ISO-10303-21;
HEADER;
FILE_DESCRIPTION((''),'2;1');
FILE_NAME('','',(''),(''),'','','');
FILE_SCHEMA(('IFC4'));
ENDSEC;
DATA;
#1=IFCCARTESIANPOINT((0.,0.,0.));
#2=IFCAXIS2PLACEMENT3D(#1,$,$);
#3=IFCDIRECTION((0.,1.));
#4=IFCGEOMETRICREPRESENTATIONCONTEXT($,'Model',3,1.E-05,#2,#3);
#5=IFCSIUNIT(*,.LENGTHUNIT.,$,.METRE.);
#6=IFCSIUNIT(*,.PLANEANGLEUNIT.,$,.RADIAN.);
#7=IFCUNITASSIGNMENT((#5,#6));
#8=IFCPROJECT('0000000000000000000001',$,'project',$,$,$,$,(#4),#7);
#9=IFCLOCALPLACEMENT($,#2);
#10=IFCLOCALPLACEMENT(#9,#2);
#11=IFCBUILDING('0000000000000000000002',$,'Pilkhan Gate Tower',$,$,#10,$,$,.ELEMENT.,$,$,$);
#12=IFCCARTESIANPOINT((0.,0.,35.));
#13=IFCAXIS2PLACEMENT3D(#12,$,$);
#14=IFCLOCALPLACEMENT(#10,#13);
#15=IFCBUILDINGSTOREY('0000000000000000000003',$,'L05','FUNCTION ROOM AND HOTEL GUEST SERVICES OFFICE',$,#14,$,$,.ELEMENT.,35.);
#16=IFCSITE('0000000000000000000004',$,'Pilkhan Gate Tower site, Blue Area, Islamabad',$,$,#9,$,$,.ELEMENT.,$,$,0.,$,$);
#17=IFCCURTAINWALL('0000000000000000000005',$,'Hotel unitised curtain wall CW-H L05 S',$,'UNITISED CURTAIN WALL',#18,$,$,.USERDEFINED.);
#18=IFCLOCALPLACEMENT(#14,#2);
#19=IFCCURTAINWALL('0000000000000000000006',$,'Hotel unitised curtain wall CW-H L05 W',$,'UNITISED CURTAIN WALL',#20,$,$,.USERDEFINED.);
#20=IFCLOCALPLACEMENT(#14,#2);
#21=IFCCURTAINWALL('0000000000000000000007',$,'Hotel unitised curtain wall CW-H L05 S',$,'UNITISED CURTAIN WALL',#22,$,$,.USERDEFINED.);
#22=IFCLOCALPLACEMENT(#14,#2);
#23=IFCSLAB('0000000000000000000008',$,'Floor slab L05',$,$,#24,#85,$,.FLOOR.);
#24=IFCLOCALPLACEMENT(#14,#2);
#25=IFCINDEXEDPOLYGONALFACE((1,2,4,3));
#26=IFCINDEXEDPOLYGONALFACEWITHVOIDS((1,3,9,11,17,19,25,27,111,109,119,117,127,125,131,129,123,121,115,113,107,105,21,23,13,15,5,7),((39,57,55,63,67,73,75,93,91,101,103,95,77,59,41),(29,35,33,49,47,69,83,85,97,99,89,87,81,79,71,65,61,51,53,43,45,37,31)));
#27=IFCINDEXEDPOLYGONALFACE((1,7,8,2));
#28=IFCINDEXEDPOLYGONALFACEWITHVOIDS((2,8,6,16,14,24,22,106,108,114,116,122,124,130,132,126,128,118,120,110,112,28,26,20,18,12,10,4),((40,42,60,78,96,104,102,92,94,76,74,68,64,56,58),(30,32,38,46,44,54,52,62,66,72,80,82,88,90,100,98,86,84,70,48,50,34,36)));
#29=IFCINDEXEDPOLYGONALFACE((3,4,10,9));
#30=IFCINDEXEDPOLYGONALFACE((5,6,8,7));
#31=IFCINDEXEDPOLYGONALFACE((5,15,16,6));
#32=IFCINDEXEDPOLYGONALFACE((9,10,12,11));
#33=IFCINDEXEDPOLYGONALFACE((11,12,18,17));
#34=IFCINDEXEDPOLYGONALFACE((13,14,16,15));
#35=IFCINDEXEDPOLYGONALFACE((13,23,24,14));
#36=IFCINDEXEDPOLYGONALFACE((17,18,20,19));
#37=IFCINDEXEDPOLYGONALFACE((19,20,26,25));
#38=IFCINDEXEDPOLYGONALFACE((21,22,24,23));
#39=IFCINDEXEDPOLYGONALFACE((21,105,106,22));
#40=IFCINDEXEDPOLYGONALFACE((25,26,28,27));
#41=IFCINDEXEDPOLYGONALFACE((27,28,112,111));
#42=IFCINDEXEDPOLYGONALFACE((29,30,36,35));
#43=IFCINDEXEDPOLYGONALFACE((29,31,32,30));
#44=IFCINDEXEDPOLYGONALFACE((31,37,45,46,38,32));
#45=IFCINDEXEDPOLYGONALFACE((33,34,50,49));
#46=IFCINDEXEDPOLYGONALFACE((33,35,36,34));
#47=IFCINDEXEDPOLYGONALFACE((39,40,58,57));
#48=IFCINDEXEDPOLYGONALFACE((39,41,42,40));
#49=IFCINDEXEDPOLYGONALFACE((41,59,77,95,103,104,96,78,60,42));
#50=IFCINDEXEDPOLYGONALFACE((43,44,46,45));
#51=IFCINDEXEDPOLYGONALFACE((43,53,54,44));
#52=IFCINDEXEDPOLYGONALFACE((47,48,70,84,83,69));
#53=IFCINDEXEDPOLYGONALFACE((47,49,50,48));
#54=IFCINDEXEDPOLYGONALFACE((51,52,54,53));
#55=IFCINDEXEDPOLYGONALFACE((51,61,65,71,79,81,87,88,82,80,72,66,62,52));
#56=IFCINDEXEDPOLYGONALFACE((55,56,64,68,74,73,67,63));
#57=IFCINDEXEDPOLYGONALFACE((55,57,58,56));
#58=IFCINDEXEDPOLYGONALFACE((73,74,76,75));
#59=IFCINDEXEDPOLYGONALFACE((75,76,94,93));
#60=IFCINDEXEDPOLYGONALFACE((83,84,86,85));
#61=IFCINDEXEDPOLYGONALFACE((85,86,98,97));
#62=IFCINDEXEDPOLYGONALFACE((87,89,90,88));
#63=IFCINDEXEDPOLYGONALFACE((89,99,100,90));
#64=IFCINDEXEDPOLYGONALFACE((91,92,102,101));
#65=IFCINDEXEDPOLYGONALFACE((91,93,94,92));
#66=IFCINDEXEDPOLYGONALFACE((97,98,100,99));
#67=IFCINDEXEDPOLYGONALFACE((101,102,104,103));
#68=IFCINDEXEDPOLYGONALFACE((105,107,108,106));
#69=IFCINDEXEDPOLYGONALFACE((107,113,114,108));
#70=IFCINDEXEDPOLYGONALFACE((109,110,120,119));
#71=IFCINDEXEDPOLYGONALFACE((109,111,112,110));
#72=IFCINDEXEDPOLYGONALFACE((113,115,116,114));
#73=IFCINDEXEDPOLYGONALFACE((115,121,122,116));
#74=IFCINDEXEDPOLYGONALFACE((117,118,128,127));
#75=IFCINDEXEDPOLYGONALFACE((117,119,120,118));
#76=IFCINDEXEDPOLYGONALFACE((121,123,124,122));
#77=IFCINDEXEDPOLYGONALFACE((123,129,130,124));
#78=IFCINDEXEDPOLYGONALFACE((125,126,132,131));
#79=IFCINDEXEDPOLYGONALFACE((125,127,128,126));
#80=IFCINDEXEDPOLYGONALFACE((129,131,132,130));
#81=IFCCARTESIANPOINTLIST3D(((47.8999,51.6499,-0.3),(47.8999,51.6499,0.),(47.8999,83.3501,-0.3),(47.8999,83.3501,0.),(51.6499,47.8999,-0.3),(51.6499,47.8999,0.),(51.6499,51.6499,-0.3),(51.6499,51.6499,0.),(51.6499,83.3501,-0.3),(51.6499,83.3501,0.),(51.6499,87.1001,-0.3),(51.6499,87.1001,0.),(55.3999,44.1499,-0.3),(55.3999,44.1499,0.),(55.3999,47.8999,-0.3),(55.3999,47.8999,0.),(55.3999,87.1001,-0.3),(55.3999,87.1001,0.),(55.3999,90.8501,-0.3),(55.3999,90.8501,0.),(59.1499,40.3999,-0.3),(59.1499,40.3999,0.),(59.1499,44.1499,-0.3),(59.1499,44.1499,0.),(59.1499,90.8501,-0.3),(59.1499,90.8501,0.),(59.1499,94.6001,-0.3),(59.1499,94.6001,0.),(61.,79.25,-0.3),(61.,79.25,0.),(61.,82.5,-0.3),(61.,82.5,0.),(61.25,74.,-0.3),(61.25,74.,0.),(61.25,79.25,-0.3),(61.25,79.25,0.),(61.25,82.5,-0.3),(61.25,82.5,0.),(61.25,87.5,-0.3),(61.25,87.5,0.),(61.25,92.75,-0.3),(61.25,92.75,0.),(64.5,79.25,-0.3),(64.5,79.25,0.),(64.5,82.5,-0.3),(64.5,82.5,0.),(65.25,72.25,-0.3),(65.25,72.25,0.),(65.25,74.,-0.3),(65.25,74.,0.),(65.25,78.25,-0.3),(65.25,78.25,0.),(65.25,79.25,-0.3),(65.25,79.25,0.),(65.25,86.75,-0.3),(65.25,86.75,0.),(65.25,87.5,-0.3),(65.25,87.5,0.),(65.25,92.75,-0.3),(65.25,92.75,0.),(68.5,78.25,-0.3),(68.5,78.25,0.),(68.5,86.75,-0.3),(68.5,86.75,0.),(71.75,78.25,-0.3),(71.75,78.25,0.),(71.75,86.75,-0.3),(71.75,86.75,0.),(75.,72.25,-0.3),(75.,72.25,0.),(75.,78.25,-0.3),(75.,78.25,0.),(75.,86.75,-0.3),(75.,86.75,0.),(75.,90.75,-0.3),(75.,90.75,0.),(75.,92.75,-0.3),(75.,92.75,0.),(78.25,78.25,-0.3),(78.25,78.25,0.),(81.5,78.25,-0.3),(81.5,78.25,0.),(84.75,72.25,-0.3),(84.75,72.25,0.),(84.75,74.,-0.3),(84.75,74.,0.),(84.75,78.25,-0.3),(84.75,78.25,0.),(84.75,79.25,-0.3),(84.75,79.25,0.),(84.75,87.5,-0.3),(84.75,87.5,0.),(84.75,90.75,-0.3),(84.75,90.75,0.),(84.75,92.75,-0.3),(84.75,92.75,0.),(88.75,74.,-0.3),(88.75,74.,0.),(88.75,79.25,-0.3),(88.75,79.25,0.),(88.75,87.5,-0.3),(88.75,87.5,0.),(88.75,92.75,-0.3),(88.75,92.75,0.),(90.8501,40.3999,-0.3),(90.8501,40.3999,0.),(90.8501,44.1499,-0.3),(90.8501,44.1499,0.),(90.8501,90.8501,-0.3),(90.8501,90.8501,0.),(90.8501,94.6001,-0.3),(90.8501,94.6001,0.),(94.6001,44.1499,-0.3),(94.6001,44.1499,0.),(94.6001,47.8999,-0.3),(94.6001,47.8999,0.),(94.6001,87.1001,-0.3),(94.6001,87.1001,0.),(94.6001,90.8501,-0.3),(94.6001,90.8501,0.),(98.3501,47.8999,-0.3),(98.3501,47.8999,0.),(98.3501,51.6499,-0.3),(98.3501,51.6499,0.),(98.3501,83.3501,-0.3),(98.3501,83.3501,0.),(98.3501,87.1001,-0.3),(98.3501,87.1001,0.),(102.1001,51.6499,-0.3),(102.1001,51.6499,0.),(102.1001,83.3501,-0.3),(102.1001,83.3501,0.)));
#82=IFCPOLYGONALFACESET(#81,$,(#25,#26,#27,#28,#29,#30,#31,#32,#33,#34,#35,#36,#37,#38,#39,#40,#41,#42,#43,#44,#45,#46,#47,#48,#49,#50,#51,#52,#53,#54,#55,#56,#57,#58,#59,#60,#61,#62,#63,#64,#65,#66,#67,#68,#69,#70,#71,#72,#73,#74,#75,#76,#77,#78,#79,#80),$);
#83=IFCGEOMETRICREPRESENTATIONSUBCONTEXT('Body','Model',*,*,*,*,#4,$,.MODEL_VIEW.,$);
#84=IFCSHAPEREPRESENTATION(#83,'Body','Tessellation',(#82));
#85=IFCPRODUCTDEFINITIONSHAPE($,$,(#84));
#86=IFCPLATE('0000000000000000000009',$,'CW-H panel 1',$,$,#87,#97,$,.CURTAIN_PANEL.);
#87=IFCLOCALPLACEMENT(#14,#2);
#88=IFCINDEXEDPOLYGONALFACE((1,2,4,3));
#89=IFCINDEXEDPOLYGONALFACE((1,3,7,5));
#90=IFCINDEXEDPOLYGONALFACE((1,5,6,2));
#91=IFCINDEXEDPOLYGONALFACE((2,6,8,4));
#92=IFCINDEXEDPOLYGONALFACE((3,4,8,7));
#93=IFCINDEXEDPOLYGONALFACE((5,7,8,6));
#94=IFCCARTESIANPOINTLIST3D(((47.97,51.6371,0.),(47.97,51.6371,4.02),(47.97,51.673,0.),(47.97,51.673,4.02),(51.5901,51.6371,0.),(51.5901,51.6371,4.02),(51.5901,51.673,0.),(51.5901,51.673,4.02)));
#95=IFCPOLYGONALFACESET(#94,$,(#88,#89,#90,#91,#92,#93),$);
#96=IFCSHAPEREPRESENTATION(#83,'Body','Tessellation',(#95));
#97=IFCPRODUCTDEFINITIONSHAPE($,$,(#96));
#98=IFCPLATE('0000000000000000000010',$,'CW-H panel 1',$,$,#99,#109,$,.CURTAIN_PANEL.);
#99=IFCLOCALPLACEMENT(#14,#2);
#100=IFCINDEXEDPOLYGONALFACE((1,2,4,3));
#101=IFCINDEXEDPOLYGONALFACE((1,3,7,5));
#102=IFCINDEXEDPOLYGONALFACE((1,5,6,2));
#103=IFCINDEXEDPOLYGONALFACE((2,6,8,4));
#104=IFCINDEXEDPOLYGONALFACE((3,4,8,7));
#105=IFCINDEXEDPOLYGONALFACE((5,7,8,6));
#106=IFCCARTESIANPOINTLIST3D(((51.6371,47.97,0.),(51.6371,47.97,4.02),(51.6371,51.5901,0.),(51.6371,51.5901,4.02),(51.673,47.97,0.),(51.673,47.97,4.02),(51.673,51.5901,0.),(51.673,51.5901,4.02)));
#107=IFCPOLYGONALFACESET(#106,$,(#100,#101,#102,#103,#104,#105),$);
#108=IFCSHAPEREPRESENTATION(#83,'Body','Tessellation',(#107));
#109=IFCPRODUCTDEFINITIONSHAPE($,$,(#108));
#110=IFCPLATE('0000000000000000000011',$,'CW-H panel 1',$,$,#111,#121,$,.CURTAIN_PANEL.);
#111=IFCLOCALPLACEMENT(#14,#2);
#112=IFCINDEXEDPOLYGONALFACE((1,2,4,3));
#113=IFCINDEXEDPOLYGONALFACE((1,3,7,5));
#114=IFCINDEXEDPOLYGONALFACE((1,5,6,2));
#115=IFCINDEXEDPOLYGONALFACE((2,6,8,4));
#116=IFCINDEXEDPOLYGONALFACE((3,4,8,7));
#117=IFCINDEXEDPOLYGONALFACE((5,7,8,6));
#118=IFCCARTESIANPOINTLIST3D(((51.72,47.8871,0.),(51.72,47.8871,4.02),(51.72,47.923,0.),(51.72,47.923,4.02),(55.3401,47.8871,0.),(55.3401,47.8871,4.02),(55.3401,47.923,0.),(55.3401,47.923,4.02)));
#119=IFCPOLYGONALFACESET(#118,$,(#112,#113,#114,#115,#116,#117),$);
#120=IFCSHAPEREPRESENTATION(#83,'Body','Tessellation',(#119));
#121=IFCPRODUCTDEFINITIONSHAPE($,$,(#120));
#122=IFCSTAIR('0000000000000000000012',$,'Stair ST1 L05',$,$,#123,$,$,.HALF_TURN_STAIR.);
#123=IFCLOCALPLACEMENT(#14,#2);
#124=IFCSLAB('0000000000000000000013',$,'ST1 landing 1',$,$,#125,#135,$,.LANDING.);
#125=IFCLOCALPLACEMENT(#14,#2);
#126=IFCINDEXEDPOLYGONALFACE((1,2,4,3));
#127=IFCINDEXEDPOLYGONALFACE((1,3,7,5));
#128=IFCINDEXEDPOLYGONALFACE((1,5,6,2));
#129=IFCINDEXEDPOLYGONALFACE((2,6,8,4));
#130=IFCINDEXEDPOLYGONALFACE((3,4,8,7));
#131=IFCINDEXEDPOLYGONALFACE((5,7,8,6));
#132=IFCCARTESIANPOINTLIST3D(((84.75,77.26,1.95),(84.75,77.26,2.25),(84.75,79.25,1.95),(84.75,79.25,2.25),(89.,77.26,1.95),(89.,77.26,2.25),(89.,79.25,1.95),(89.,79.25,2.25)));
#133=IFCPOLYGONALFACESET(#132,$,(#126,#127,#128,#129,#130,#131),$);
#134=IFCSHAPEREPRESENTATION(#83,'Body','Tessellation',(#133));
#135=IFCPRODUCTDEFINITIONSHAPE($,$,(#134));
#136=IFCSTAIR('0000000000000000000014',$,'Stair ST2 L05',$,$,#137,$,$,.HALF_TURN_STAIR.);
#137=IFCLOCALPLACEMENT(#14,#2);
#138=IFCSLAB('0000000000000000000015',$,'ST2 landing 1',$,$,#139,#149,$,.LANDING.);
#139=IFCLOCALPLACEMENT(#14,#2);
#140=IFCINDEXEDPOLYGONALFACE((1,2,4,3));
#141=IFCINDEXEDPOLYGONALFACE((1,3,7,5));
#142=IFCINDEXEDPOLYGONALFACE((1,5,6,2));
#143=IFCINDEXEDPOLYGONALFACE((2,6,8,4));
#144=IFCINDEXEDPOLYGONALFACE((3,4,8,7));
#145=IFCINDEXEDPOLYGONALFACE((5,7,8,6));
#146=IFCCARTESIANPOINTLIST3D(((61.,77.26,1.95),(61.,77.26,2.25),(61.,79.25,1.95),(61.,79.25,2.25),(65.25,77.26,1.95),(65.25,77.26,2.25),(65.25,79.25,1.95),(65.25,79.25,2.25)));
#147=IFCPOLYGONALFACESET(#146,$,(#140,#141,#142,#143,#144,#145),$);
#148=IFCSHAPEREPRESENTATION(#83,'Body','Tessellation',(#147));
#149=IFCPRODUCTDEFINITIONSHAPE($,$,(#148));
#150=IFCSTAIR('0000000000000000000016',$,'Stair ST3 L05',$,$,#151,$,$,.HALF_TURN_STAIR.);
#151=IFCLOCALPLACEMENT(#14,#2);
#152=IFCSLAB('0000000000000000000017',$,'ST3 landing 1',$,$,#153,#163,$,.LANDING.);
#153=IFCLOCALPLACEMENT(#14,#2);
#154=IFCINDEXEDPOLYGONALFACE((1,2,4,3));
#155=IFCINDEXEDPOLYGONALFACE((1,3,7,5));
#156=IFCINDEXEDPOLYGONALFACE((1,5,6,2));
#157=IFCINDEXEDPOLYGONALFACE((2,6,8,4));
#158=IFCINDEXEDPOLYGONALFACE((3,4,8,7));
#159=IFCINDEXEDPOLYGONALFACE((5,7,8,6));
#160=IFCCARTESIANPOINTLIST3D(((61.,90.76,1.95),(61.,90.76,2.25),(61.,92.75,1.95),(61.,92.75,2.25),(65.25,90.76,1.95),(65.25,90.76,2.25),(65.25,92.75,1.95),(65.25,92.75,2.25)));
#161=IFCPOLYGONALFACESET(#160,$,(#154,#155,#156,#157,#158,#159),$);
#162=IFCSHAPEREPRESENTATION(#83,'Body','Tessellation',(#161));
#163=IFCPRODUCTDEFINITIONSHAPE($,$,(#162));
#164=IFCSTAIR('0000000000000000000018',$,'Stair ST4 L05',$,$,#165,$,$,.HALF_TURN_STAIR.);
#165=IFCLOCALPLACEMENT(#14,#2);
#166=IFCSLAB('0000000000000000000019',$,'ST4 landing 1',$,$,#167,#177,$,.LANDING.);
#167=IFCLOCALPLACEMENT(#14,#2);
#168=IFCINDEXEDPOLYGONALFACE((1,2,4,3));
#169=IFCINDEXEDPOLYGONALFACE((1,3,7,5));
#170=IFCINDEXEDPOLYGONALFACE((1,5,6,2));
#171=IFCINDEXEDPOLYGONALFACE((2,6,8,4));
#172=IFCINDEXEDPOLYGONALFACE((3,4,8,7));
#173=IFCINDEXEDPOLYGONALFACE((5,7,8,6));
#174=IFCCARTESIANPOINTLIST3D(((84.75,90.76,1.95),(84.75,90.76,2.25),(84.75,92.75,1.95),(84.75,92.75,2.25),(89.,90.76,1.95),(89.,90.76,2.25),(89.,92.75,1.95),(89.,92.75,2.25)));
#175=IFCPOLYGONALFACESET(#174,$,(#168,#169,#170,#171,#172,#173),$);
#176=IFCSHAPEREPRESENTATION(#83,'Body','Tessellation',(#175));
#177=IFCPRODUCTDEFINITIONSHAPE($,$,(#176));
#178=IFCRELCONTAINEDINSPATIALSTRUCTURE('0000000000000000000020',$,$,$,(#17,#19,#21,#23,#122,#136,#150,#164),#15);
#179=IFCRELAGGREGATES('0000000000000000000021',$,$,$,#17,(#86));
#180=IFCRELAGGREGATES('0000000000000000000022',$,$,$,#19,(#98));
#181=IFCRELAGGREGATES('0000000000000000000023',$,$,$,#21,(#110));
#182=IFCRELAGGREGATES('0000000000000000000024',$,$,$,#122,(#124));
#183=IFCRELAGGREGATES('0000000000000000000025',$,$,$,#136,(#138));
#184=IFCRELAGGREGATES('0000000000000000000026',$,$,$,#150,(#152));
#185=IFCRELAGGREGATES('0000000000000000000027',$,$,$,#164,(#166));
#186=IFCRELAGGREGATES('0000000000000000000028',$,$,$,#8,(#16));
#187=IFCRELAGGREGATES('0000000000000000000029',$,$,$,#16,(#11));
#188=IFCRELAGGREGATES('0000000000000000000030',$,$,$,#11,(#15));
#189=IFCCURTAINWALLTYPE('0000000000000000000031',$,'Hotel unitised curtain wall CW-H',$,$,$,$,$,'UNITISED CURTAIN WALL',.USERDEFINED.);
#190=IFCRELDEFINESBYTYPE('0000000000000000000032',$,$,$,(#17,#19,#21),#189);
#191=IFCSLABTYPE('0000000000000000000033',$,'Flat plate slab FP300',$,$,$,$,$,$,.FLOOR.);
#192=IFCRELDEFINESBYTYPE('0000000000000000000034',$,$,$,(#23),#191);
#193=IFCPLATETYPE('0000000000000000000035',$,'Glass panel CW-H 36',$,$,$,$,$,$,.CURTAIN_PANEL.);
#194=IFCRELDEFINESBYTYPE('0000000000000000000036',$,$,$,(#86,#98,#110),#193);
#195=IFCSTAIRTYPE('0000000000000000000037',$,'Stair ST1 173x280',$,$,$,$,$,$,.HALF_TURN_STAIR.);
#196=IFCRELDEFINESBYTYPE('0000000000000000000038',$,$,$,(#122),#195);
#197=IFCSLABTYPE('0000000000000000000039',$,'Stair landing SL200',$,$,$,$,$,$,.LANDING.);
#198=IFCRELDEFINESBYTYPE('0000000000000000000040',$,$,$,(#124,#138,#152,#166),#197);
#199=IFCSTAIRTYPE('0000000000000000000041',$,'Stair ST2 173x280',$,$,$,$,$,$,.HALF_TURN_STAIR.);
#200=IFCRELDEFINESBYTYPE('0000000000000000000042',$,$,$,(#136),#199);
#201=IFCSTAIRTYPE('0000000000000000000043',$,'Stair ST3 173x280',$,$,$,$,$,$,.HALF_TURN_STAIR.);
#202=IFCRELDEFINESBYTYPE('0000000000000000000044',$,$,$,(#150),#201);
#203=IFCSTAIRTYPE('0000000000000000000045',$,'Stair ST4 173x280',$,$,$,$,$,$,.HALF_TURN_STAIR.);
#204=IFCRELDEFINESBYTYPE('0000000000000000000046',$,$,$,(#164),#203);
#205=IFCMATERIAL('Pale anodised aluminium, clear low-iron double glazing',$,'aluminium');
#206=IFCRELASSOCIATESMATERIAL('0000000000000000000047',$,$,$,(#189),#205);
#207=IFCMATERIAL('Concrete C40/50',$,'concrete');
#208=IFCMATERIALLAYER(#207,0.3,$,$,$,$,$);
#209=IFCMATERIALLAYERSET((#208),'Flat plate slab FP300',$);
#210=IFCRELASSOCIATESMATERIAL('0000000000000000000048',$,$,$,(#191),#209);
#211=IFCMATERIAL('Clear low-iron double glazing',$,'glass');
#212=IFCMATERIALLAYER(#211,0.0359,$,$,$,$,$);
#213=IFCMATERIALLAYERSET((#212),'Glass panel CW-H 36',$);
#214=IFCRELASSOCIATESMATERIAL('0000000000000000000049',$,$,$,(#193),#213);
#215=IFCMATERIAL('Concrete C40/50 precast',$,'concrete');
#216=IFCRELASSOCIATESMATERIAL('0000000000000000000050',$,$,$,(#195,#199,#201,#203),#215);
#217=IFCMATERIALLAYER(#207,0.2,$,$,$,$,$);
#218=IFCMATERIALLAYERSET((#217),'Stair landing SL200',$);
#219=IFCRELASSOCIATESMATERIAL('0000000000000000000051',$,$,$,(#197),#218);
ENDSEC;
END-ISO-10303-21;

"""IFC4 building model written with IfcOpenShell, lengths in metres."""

from ifc_helpers import new_model, si_unit, direction, frame, origin, origin_2d, place, context, subcontext, project, spatial, polyline, rectangle, outline, extrude, material, layer, layer_set, type_object, element, aggregate, save


model = new_model("IFC4")

# Units and contexts
model_context = context("Model", 3, precision=1e-05, world=origin(), true_north=direction((0.0, 1.0)))
body_context = subcontext(model_context, "Body", "Model", "MODEL_VIEW")
ifc_project = project(units=[si_unit("LENGTHUNIT", "METRE"), si_unit("PLANEANGLEUNIT", "RADIAN")], contexts=[model_context])

# Site, building, storey
site_placement = place(None, origin())
site = spatial("IfcSite", under=ifc_project, at=site_placement, Name="Pilkhan Gate Tower site, Blue Area, Islamabad", CompositionType="ELEMENT", RefElevation=0.0)
building_placement = place(site_placement, origin())
building = spatial("IfcBuilding", under=site, at=building_placement, Name="Pilkhan Gate Tower", CompositionType="ELEMENT")
storey_placement = place(building_placement, frame((0.0, 0.0, 35.0)))
storey = spatial("IfcBuildingStorey", under=building, at=storey_placement, Name="L05", Description="FUNCTION ROOM AND HOTEL GUEST SERVICES OFFICE", CompositionType="ELEMENT", Elevation=35.0)

# Shared definitions
ifc_material_1 = material(Name="Pale anodised aluminium, clear low-iron double glazing", Category="aluminium")
curtain_wall_type = type_object("IfcCurtainWallType", Name="Hotel unitised curtain wall CW-H", ElementType="UNITISED CURTAIN WALL", PredefinedType="USERDEFINED", material=ifc_material_1)

# Curtain walls
curtain_wall_1_placement = place(storey_placement, origin())
curtain_wall_1 = element("IfcCurtainWall", 1, at=curtain_wall_1_placement, inside=storey, type_object=curtain_wall_type, Name="Hotel unitised curtain wall CW-H L05 S", ObjectType="UNITISED CURTAIN WALL", PredefinedType="USERDEFINED")
curtain_wall_2_placement = place(storey_placement, origin())
curtain_wall_2 = element("IfcCurtainWall", 2, at=curtain_wall_2_placement, inside=storey, type_object=curtain_wall_type, Name="Hotel unitised curtain wall CW-H L05 W", ObjectType="UNITISED CURTAIN WALL", PredefinedType="USERDEFINED")
curtain_wall_3_placement = place(storey_placement, origin())
curtain_wall_3 = element("IfcCurtainWall", 3, at=curtain_wall_3_placement, inside=storey, type_object=curtain_wall_type, Name="Hotel unitised curtain wall CW-H L05 S", ObjectType="UNITISED CURTAIN WALL", PredefinedType="USERDEFINED")

# Slab
ifc_material_2 = material(Name="Concrete C40/50", Category="concrete")
ifc_layer_1 = layer(ifc_material_2, 0.3)
ifc_layer_set_1 = layer_set([ifc_layer_1], Name="Flat plate slab FP300")
slab_type_1 = type_object("IfcSlabType", Name="Flat plate slab FP300", PredefinedType="FLOOR", material=ifc_layer_set_1)
slab_1_placement = place(storey_placement, frame((0.0, 0.0, -0.3)))
element("IfcSlab", 4, at=slab_1_placement, inside=storey, type_object=slab_type_1, Name="Floor slab L05", PredefinedType="FLOOR", context=body_context, shape_type="SweptSolid", body=[
    extrude(outline(polyline([(98.3501, 47.8999), (94.6001, 47.8999), (94.6001, 44.1499), (90.8501, 44.1499), (90.8501, 40.3999), (59.1499, 40.3999), (59.1499, 44.1499), (55.3999, 44.1499), (55.3999, 47.8999), (51.6499, 47.8999), (51.6499, 51.6499), (47.8999, 51.6499), (47.8999, 83.3501), (51.6499, 83.3501), (51.6499, 87.1001), (55.3999, 87.1001), (55.3999, 90.8501), (59.1499, 90.8501), (59.1499, 94.6001), (90.8501, 94.6001), (90.8501, 90.8501), (94.6001, 90.8501), (94.6001, 87.1001), (98.3501, 87.1001), (98.3501, 83.3501), (102.1001, 83.3501), (102.1001, 51.6499), (98.3501, 51.6499), (98.3501, 47.8999)]), holes=[polyline([(65.25, 87.5), (65.25, 86.75), (68.5, 86.75), (71.75, 86.75), (75.0, 86.75), (75.0, 90.75), (84.75, 90.75), (84.75, 87.5), (88.75, 87.5), (88.75, 92.75), (84.75, 92.75), (75.0, 92.75), (65.25, 92.75), (61.25, 92.75), (61.25, 87.5), (65.25, 87.5)]), polyline([(75.0, 72.25), (84.75, 72.25), (84.75, 74.0), (88.75, 74.0), (88.75, 79.25), (84.75, 79.25), (84.75, 78.25), (81.5, 78.25), (78.25, 78.25), (75.0, 78.25), (71.75, 78.25), (68.5, 78.25), (65.25, 78.25), (65.25, 79.25), (64.5, 79.25), (64.5, 82.5), (61.25, 82.5), (61.0, 82.5), (61.0, 79.25), (61.25, 79.25), (61.25, 74.0), (65.25, 74.0), (65.25, 72.25), (75.0, 72.25)])]), origin(), (0.0, 0.0, 1.0), 0.3),
])

# Plates
ifc_material_3 = material(Name="Clear low-iron double glazing", Category="glass")
ifc_layer_2 = layer(ifc_material_3, 0.0359)
ifc_layer_set_2 = layer_set([ifc_layer_2], Name="Glass panel CW-H 36")
plate_type = type_object("IfcPlateType", Name="Glass panel CW-H 36", PredefinedType="CURTAIN_PANEL", material=ifc_layer_set_2)
plate_1_placement = place(storey_placement, frame((49.78, 51.655, 0.0), z_axis=(0.0, 0.0, 1.0), x_axis=(1.0, 0.0, 0.0)))
plate_1 = element("IfcPlate", 5, at=plate_1_placement, type_object=plate_type, Name="CW-H panel 1", PredefinedType="CURTAIN_PANEL", context=body_context, shape_type="SweptSolid", body=[
    extrude(rectangle(XDim=3.6201, YDim=0.0359, at=origin_2d()), origin(), (0.0, 0.0, 1.0), 4.02),
])
aggregate(curtain_wall_1, [plate_1])
plate_2_placement = place(storey_placement, frame((51.655, 49.78, 0.0), z_axis=(0.0, 0.0, 1.0), x_axis=(0.0, 1.0, 0.0)))
plate_2 = element("IfcPlate", 6, at=plate_2_placement, type_object=plate_type, Name="CW-H panel 1", PredefinedType="CURTAIN_PANEL", context=body_context, shape_type="SweptSolid", body=[
    extrude(rectangle(XDim=3.6201, YDim=0.0359, at=origin_2d()), origin(), (0.0, 0.0, 1.0), 4.02),
])
aggregate(curtain_wall_2, [plate_2])
plate_3_placement = place(storey_placement, frame((53.53, 47.905, 0.0), z_axis=(0.0, 0.0, 1.0), x_axis=(1.0, 0.0, 0.0)))
plate_3 = element("IfcPlate", 7, at=plate_3_placement, type_object=plate_type, Name="CW-H panel 1", PredefinedType="CURTAIN_PANEL", context=body_context, shape_type="SweptSolid", body=[
    extrude(rectangle(XDim=3.6201, YDim=0.0359, at=origin_2d()), origin(), (0.0, 0.0, 1.0), 4.02),
])
aggregate(curtain_wall_3, [plate_3])

# Stairs, slabs
ifc_material_4 = material(Name="Concrete C40/50 precast", Category="concrete")
stair_type_1 = type_object("IfcStairType", Name="Stair ST1 173x280", PredefinedType="HALF_TURN_STAIR", material=ifc_material_4)
stair_1_placement = place(storey_placement, origin())
stair_1 = element("IfcStair", 8, at=stair_1_placement, inside=storey, type_object=stair_type_1, Name="Stair ST1 L05", PredefinedType="HALF_TURN_STAIR")
ifc_layer_3 = layer(ifc_material_2, 0.2)
ifc_layer_set_3 = layer_set([ifc_layer_3], Name="Stair landing SL200")
slab_type_2 = type_object("IfcSlabType", Name="Stair landing SL200", PredefinedType="LANDING", material=ifc_layer_set_3)
slab_2_placement = place(storey_placement, frame((0.0, 0.0, 1.95)))
slab_2 = element("IfcSlab", 9, at=slab_2_placement, type_object=slab_type_2, Name="ST1 landing 1", PredefinedType="LANDING", context=body_context, shape_type="SweptSolid", body=[
    extrude(outline(polyline([(89.0, 77.26), (89.0, 79.25), (84.75, 79.25), (84.75, 77.26), (89.0, 77.26)])), origin(), (0.0, 0.0, 1.0), 0.3),
])
aggregate(stair_1, [slab_2])
stair_type_2 = type_object("IfcStairType", Name="Stair ST2 173x280", PredefinedType="HALF_TURN_STAIR", material=ifc_material_4)
stair_2_placement = place(storey_placement, origin())
stair_2 = element("IfcStair", 10, at=stair_2_placement, inside=storey, type_object=stair_type_2, Name="Stair ST2 L05", PredefinedType="HALF_TURN_STAIR")
slab_3_placement = place(storey_placement, frame((0.0, 0.0, 1.95)))
slab_3 = element("IfcSlab", 11, at=slab_3_placement, type_object=slab_type_2, Name="ST2 landing 1", PredefinedType="LANDING", context=body_context, shape_type="SweptSolid", body=[
    extrude(outline(polyline([(65.25, 77.26), (65.25, 79.25), (61.0, 79.25), (61.0, 77.26), (65.25, 77.26)])), origin(), (0.0, 0.0, 1.0), 0.3),
])
aggregate(stair_2, [slab_3])
stair_type_3 = type_object("IfcStairType", Name="Stair ST3 173x280", PredefinedType="HALF_TURN_STAIR", material=ifc_material_4)
stair_3_placement = place(storey_placement, origin())
stair_3 = element("IfcStair", 12, at=stair_3_placement, inside=storey, type_object=stair_type_3, Name="Stair ST3 L05", PredefinedType="HALF_TURN_STAIR")
slab_4_placement = place(storey_placement, frame((0.0, 0.0, 1.95)))
slab_4 = element("IfcSlab", 13, at=slab_4_placement, type_object=slab_type_2, Name="ST3 landing 1", PredefinedType="LANDING", context=body_context, shape_type="SweptSolid", body=[
    extrude(outline(polyline([(65.25, 90.76), (65.25, 92.75), (61.0, 92.75), (61.0, 90.76), (65.25, 90.76)])), origin(), (0.0, 0.0, 1.0), 0.3),
])
aggregate(stair_3, [slab_4])
stair_type_4 = type_object("IfcStairType", Name="Stair ST4 173x280", PredefinedType="HALF_TURN_STAIR", material=ifc_material_4)
stair_4_placement = place(storey_placement, origin())
stair_4 = element("IfcStair", 14, at=stair_4_placement, inside=storey, type_object=stair_type_4, Name="Stair ST4 L05", PredefinedType="HALF_TURN_STAIR")
slab_5_placement = place(storey_placement, frame((0.0, 0.0, 1.95)))
slab_5 = element("IfcSlab", 15, at=slab_5_placement, type_object=slab_type_2, Name="ST4 landing 1", PredefinedType="LANDING", context=body_context, shape_type="SweptSolid", body=[
    extrude(outline(polyline([(89.0, 90.76), (89.0, 92.75), (84.75, 92.75), (84.75, 90.76), (89.0, 90.76)])), origin(), (0.0, 0.0, 1.0), 0.3),
])
aggregate(stair_4, [slab_5])

save(model, "model.ifc")
